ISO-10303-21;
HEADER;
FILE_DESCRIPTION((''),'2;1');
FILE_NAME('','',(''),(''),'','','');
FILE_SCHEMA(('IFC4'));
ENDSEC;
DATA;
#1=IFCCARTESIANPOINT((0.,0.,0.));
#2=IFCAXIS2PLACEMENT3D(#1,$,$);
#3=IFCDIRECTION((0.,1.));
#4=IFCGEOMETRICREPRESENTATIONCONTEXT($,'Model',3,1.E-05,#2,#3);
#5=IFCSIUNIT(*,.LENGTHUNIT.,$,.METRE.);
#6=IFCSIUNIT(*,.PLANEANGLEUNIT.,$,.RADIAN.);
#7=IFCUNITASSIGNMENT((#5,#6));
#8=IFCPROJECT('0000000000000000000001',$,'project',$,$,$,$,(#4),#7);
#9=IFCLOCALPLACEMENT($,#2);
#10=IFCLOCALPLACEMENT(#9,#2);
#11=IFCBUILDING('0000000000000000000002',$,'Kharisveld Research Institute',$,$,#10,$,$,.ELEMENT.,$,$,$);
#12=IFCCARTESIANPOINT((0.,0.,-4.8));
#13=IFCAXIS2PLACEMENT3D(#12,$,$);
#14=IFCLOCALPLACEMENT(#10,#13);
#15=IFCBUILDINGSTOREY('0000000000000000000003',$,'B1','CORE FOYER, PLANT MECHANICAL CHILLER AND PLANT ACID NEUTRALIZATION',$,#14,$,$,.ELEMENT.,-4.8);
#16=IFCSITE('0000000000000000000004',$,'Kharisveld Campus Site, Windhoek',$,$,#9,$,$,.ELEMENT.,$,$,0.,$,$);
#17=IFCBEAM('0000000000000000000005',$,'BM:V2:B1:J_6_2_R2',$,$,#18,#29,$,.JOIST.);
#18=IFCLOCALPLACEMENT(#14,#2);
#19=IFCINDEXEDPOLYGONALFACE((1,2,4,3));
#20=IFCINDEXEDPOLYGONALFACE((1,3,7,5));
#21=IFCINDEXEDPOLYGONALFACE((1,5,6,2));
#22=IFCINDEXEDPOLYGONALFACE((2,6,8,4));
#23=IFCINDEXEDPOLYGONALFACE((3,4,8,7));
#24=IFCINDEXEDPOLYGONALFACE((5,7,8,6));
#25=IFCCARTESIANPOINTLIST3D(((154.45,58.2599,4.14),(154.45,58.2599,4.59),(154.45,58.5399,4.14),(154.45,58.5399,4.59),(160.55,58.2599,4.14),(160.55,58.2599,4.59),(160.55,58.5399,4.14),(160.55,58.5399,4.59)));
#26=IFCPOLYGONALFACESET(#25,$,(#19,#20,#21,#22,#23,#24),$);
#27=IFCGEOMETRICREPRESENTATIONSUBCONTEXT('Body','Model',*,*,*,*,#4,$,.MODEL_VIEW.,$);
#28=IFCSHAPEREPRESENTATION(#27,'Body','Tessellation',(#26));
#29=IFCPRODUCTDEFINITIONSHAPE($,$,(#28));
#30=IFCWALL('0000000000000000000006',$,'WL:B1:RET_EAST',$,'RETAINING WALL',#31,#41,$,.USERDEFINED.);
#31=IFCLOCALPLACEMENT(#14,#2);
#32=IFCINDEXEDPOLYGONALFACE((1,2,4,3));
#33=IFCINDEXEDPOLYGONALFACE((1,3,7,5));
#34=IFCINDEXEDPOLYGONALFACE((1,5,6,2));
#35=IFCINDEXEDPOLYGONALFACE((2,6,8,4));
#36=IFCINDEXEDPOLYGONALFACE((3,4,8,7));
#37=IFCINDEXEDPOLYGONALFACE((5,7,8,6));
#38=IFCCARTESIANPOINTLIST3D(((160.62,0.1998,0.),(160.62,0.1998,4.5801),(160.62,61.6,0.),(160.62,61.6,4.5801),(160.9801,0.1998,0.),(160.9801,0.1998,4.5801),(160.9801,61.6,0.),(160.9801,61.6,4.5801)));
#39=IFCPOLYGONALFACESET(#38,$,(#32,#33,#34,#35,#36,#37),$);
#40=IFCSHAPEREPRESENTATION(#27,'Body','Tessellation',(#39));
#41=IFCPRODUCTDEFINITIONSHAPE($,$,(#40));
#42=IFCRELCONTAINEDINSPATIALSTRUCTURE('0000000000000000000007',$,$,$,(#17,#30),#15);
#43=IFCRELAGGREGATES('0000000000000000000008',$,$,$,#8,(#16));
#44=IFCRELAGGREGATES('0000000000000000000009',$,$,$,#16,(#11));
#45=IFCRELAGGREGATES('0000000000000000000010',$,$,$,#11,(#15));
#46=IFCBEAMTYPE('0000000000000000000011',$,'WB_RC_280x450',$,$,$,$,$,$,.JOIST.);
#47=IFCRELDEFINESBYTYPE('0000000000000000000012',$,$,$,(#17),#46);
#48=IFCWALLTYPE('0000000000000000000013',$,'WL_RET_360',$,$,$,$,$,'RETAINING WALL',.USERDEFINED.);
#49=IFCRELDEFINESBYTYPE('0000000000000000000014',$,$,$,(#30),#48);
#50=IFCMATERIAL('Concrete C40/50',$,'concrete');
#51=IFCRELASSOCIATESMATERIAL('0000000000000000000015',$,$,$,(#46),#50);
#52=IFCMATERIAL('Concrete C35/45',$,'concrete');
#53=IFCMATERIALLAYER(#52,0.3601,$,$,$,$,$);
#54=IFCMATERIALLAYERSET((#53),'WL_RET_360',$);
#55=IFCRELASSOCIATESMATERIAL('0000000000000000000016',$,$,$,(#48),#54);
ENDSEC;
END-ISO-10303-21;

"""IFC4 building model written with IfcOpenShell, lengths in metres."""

from ifc_helpers import new_model, si_unit, direction, frame, frame_2d, origin, origin_2d, place, context, subcontext, project, spatial, rectangle, extrude, material, layer, layer_set, material_profile, profile_set, type_object, element, save


model = new_model("IFC4")

# Units and contexts
model_context = context("Model", 3, precision=1e-05, world=origin(), true_north=direction((0.0, 1.0)))
body_context = subcontext(model_context, "Body", "Model", "MODEL_VIEW")
ifc_project = project(units=[si_unit("LENGTHUNIT", "METRE"), si_unit("PLANEANGLEUNIT", "RADIAN")], contexts=[model_context])

# Site, building, storey
site_placement = place(None, origin())
site = spatial("IfcSite", under=ifc_project, at=site_placement, Name="Kharisveld Campus Site, Windhoek", CompositionType="ELEMENT", RefElevation=0.0)
building_placement = place(site_placement, origin())
building = spatial("IfcBuilding", under=site, at=building_placement, Name="Kharisveld Research Institute", CompositionType="ELEMENT")
storey_placement = place(building_placement, frame((0.0, 0.0, -4.8)))
storey = spatial("IfcBuildingStorey", under=building, at=storey_placement, Name="B1", Description="CORE FOYER, PLANT MECHANICAL CHILLER AND PLANT ACID NEUTRALIZATION", CompositionType="ELEMENT", Elevation=-4.8)

# Beam
ifc_material_1 = material(Name="Concrete C40/50", Category="concrete")
ifc_material_profile_1 = material_profile(ifc_material_1, rectangle(XDim=0.28, YDim=0.45, at=origin_2d()))
ifc_profile_set_1 = profile_set([ifc_material_profile_1], Name="Concrete C40/50")
beam_type_1 = type_object("IfcBeamType", Name="WB_RC_280x450", PredefinedType="JOIST", material=ifc_profile_set_1)
for number, where, z_axis, x_axis, name in (
    (1, (154.45, 58.3999, 4.365), (1.0, 0.0, 0.0), (0.0, 1.0, 0.0), "BM:V2:B1:J_6_2_R2"),
):
    element("IfcBeam", number, at=place(storey_placement, frame(where, z_axis=z_axis, x_axis=x_axis)), inside=storey, type_object=beam_type_1, Name=name, PredefinedType="JOIST", context=body_context, shape_type="SweptSolid", body=[
        extrude(rectangle(XDim=0.28, YDim=0.45, at=origin_2d()), origin(), (0.0, 0.0, 1.0), 6.1001),
    ])

# Wall
ifc_material_2 = material(Name="Concrete C35/45", Category="concrete")
ifc_layer = layer(ifc_material_2, 0.3601)
ifc_layer_set = layer_set([ifc_layer], Name="WL_RET_360")
wall_type = type_object("IfcWallType", Name="WL_RET_360", ElementType="RETAINING WALL", PredefinedType="USERDEFINED", material=ifc_layer_set)
wall_placement = place(storey_placement, frame((160.8, 61.6001, 0.0), z_axis=(0.0, 0.0, 1.0), x_axis=(0.0, -1.0, 0.0)))
element("IfcWall", 2, at=wall_placement, inside=storey, type_object=wall_type, Name="WL:B1:RET_EAST", ObjectType="RETAINING WALL", PredefinedType="USERDEFINED", context=body_context, shape_type="SweptSolid", body=[
    extrude(rectangle(XDim=61.4001, YDim=0.3601, at=frame_2d((30.7002, 0.0))), origin(), (0.0, 0.0, 1.0), 4.5801),
])

save(model, "model.ifc")
